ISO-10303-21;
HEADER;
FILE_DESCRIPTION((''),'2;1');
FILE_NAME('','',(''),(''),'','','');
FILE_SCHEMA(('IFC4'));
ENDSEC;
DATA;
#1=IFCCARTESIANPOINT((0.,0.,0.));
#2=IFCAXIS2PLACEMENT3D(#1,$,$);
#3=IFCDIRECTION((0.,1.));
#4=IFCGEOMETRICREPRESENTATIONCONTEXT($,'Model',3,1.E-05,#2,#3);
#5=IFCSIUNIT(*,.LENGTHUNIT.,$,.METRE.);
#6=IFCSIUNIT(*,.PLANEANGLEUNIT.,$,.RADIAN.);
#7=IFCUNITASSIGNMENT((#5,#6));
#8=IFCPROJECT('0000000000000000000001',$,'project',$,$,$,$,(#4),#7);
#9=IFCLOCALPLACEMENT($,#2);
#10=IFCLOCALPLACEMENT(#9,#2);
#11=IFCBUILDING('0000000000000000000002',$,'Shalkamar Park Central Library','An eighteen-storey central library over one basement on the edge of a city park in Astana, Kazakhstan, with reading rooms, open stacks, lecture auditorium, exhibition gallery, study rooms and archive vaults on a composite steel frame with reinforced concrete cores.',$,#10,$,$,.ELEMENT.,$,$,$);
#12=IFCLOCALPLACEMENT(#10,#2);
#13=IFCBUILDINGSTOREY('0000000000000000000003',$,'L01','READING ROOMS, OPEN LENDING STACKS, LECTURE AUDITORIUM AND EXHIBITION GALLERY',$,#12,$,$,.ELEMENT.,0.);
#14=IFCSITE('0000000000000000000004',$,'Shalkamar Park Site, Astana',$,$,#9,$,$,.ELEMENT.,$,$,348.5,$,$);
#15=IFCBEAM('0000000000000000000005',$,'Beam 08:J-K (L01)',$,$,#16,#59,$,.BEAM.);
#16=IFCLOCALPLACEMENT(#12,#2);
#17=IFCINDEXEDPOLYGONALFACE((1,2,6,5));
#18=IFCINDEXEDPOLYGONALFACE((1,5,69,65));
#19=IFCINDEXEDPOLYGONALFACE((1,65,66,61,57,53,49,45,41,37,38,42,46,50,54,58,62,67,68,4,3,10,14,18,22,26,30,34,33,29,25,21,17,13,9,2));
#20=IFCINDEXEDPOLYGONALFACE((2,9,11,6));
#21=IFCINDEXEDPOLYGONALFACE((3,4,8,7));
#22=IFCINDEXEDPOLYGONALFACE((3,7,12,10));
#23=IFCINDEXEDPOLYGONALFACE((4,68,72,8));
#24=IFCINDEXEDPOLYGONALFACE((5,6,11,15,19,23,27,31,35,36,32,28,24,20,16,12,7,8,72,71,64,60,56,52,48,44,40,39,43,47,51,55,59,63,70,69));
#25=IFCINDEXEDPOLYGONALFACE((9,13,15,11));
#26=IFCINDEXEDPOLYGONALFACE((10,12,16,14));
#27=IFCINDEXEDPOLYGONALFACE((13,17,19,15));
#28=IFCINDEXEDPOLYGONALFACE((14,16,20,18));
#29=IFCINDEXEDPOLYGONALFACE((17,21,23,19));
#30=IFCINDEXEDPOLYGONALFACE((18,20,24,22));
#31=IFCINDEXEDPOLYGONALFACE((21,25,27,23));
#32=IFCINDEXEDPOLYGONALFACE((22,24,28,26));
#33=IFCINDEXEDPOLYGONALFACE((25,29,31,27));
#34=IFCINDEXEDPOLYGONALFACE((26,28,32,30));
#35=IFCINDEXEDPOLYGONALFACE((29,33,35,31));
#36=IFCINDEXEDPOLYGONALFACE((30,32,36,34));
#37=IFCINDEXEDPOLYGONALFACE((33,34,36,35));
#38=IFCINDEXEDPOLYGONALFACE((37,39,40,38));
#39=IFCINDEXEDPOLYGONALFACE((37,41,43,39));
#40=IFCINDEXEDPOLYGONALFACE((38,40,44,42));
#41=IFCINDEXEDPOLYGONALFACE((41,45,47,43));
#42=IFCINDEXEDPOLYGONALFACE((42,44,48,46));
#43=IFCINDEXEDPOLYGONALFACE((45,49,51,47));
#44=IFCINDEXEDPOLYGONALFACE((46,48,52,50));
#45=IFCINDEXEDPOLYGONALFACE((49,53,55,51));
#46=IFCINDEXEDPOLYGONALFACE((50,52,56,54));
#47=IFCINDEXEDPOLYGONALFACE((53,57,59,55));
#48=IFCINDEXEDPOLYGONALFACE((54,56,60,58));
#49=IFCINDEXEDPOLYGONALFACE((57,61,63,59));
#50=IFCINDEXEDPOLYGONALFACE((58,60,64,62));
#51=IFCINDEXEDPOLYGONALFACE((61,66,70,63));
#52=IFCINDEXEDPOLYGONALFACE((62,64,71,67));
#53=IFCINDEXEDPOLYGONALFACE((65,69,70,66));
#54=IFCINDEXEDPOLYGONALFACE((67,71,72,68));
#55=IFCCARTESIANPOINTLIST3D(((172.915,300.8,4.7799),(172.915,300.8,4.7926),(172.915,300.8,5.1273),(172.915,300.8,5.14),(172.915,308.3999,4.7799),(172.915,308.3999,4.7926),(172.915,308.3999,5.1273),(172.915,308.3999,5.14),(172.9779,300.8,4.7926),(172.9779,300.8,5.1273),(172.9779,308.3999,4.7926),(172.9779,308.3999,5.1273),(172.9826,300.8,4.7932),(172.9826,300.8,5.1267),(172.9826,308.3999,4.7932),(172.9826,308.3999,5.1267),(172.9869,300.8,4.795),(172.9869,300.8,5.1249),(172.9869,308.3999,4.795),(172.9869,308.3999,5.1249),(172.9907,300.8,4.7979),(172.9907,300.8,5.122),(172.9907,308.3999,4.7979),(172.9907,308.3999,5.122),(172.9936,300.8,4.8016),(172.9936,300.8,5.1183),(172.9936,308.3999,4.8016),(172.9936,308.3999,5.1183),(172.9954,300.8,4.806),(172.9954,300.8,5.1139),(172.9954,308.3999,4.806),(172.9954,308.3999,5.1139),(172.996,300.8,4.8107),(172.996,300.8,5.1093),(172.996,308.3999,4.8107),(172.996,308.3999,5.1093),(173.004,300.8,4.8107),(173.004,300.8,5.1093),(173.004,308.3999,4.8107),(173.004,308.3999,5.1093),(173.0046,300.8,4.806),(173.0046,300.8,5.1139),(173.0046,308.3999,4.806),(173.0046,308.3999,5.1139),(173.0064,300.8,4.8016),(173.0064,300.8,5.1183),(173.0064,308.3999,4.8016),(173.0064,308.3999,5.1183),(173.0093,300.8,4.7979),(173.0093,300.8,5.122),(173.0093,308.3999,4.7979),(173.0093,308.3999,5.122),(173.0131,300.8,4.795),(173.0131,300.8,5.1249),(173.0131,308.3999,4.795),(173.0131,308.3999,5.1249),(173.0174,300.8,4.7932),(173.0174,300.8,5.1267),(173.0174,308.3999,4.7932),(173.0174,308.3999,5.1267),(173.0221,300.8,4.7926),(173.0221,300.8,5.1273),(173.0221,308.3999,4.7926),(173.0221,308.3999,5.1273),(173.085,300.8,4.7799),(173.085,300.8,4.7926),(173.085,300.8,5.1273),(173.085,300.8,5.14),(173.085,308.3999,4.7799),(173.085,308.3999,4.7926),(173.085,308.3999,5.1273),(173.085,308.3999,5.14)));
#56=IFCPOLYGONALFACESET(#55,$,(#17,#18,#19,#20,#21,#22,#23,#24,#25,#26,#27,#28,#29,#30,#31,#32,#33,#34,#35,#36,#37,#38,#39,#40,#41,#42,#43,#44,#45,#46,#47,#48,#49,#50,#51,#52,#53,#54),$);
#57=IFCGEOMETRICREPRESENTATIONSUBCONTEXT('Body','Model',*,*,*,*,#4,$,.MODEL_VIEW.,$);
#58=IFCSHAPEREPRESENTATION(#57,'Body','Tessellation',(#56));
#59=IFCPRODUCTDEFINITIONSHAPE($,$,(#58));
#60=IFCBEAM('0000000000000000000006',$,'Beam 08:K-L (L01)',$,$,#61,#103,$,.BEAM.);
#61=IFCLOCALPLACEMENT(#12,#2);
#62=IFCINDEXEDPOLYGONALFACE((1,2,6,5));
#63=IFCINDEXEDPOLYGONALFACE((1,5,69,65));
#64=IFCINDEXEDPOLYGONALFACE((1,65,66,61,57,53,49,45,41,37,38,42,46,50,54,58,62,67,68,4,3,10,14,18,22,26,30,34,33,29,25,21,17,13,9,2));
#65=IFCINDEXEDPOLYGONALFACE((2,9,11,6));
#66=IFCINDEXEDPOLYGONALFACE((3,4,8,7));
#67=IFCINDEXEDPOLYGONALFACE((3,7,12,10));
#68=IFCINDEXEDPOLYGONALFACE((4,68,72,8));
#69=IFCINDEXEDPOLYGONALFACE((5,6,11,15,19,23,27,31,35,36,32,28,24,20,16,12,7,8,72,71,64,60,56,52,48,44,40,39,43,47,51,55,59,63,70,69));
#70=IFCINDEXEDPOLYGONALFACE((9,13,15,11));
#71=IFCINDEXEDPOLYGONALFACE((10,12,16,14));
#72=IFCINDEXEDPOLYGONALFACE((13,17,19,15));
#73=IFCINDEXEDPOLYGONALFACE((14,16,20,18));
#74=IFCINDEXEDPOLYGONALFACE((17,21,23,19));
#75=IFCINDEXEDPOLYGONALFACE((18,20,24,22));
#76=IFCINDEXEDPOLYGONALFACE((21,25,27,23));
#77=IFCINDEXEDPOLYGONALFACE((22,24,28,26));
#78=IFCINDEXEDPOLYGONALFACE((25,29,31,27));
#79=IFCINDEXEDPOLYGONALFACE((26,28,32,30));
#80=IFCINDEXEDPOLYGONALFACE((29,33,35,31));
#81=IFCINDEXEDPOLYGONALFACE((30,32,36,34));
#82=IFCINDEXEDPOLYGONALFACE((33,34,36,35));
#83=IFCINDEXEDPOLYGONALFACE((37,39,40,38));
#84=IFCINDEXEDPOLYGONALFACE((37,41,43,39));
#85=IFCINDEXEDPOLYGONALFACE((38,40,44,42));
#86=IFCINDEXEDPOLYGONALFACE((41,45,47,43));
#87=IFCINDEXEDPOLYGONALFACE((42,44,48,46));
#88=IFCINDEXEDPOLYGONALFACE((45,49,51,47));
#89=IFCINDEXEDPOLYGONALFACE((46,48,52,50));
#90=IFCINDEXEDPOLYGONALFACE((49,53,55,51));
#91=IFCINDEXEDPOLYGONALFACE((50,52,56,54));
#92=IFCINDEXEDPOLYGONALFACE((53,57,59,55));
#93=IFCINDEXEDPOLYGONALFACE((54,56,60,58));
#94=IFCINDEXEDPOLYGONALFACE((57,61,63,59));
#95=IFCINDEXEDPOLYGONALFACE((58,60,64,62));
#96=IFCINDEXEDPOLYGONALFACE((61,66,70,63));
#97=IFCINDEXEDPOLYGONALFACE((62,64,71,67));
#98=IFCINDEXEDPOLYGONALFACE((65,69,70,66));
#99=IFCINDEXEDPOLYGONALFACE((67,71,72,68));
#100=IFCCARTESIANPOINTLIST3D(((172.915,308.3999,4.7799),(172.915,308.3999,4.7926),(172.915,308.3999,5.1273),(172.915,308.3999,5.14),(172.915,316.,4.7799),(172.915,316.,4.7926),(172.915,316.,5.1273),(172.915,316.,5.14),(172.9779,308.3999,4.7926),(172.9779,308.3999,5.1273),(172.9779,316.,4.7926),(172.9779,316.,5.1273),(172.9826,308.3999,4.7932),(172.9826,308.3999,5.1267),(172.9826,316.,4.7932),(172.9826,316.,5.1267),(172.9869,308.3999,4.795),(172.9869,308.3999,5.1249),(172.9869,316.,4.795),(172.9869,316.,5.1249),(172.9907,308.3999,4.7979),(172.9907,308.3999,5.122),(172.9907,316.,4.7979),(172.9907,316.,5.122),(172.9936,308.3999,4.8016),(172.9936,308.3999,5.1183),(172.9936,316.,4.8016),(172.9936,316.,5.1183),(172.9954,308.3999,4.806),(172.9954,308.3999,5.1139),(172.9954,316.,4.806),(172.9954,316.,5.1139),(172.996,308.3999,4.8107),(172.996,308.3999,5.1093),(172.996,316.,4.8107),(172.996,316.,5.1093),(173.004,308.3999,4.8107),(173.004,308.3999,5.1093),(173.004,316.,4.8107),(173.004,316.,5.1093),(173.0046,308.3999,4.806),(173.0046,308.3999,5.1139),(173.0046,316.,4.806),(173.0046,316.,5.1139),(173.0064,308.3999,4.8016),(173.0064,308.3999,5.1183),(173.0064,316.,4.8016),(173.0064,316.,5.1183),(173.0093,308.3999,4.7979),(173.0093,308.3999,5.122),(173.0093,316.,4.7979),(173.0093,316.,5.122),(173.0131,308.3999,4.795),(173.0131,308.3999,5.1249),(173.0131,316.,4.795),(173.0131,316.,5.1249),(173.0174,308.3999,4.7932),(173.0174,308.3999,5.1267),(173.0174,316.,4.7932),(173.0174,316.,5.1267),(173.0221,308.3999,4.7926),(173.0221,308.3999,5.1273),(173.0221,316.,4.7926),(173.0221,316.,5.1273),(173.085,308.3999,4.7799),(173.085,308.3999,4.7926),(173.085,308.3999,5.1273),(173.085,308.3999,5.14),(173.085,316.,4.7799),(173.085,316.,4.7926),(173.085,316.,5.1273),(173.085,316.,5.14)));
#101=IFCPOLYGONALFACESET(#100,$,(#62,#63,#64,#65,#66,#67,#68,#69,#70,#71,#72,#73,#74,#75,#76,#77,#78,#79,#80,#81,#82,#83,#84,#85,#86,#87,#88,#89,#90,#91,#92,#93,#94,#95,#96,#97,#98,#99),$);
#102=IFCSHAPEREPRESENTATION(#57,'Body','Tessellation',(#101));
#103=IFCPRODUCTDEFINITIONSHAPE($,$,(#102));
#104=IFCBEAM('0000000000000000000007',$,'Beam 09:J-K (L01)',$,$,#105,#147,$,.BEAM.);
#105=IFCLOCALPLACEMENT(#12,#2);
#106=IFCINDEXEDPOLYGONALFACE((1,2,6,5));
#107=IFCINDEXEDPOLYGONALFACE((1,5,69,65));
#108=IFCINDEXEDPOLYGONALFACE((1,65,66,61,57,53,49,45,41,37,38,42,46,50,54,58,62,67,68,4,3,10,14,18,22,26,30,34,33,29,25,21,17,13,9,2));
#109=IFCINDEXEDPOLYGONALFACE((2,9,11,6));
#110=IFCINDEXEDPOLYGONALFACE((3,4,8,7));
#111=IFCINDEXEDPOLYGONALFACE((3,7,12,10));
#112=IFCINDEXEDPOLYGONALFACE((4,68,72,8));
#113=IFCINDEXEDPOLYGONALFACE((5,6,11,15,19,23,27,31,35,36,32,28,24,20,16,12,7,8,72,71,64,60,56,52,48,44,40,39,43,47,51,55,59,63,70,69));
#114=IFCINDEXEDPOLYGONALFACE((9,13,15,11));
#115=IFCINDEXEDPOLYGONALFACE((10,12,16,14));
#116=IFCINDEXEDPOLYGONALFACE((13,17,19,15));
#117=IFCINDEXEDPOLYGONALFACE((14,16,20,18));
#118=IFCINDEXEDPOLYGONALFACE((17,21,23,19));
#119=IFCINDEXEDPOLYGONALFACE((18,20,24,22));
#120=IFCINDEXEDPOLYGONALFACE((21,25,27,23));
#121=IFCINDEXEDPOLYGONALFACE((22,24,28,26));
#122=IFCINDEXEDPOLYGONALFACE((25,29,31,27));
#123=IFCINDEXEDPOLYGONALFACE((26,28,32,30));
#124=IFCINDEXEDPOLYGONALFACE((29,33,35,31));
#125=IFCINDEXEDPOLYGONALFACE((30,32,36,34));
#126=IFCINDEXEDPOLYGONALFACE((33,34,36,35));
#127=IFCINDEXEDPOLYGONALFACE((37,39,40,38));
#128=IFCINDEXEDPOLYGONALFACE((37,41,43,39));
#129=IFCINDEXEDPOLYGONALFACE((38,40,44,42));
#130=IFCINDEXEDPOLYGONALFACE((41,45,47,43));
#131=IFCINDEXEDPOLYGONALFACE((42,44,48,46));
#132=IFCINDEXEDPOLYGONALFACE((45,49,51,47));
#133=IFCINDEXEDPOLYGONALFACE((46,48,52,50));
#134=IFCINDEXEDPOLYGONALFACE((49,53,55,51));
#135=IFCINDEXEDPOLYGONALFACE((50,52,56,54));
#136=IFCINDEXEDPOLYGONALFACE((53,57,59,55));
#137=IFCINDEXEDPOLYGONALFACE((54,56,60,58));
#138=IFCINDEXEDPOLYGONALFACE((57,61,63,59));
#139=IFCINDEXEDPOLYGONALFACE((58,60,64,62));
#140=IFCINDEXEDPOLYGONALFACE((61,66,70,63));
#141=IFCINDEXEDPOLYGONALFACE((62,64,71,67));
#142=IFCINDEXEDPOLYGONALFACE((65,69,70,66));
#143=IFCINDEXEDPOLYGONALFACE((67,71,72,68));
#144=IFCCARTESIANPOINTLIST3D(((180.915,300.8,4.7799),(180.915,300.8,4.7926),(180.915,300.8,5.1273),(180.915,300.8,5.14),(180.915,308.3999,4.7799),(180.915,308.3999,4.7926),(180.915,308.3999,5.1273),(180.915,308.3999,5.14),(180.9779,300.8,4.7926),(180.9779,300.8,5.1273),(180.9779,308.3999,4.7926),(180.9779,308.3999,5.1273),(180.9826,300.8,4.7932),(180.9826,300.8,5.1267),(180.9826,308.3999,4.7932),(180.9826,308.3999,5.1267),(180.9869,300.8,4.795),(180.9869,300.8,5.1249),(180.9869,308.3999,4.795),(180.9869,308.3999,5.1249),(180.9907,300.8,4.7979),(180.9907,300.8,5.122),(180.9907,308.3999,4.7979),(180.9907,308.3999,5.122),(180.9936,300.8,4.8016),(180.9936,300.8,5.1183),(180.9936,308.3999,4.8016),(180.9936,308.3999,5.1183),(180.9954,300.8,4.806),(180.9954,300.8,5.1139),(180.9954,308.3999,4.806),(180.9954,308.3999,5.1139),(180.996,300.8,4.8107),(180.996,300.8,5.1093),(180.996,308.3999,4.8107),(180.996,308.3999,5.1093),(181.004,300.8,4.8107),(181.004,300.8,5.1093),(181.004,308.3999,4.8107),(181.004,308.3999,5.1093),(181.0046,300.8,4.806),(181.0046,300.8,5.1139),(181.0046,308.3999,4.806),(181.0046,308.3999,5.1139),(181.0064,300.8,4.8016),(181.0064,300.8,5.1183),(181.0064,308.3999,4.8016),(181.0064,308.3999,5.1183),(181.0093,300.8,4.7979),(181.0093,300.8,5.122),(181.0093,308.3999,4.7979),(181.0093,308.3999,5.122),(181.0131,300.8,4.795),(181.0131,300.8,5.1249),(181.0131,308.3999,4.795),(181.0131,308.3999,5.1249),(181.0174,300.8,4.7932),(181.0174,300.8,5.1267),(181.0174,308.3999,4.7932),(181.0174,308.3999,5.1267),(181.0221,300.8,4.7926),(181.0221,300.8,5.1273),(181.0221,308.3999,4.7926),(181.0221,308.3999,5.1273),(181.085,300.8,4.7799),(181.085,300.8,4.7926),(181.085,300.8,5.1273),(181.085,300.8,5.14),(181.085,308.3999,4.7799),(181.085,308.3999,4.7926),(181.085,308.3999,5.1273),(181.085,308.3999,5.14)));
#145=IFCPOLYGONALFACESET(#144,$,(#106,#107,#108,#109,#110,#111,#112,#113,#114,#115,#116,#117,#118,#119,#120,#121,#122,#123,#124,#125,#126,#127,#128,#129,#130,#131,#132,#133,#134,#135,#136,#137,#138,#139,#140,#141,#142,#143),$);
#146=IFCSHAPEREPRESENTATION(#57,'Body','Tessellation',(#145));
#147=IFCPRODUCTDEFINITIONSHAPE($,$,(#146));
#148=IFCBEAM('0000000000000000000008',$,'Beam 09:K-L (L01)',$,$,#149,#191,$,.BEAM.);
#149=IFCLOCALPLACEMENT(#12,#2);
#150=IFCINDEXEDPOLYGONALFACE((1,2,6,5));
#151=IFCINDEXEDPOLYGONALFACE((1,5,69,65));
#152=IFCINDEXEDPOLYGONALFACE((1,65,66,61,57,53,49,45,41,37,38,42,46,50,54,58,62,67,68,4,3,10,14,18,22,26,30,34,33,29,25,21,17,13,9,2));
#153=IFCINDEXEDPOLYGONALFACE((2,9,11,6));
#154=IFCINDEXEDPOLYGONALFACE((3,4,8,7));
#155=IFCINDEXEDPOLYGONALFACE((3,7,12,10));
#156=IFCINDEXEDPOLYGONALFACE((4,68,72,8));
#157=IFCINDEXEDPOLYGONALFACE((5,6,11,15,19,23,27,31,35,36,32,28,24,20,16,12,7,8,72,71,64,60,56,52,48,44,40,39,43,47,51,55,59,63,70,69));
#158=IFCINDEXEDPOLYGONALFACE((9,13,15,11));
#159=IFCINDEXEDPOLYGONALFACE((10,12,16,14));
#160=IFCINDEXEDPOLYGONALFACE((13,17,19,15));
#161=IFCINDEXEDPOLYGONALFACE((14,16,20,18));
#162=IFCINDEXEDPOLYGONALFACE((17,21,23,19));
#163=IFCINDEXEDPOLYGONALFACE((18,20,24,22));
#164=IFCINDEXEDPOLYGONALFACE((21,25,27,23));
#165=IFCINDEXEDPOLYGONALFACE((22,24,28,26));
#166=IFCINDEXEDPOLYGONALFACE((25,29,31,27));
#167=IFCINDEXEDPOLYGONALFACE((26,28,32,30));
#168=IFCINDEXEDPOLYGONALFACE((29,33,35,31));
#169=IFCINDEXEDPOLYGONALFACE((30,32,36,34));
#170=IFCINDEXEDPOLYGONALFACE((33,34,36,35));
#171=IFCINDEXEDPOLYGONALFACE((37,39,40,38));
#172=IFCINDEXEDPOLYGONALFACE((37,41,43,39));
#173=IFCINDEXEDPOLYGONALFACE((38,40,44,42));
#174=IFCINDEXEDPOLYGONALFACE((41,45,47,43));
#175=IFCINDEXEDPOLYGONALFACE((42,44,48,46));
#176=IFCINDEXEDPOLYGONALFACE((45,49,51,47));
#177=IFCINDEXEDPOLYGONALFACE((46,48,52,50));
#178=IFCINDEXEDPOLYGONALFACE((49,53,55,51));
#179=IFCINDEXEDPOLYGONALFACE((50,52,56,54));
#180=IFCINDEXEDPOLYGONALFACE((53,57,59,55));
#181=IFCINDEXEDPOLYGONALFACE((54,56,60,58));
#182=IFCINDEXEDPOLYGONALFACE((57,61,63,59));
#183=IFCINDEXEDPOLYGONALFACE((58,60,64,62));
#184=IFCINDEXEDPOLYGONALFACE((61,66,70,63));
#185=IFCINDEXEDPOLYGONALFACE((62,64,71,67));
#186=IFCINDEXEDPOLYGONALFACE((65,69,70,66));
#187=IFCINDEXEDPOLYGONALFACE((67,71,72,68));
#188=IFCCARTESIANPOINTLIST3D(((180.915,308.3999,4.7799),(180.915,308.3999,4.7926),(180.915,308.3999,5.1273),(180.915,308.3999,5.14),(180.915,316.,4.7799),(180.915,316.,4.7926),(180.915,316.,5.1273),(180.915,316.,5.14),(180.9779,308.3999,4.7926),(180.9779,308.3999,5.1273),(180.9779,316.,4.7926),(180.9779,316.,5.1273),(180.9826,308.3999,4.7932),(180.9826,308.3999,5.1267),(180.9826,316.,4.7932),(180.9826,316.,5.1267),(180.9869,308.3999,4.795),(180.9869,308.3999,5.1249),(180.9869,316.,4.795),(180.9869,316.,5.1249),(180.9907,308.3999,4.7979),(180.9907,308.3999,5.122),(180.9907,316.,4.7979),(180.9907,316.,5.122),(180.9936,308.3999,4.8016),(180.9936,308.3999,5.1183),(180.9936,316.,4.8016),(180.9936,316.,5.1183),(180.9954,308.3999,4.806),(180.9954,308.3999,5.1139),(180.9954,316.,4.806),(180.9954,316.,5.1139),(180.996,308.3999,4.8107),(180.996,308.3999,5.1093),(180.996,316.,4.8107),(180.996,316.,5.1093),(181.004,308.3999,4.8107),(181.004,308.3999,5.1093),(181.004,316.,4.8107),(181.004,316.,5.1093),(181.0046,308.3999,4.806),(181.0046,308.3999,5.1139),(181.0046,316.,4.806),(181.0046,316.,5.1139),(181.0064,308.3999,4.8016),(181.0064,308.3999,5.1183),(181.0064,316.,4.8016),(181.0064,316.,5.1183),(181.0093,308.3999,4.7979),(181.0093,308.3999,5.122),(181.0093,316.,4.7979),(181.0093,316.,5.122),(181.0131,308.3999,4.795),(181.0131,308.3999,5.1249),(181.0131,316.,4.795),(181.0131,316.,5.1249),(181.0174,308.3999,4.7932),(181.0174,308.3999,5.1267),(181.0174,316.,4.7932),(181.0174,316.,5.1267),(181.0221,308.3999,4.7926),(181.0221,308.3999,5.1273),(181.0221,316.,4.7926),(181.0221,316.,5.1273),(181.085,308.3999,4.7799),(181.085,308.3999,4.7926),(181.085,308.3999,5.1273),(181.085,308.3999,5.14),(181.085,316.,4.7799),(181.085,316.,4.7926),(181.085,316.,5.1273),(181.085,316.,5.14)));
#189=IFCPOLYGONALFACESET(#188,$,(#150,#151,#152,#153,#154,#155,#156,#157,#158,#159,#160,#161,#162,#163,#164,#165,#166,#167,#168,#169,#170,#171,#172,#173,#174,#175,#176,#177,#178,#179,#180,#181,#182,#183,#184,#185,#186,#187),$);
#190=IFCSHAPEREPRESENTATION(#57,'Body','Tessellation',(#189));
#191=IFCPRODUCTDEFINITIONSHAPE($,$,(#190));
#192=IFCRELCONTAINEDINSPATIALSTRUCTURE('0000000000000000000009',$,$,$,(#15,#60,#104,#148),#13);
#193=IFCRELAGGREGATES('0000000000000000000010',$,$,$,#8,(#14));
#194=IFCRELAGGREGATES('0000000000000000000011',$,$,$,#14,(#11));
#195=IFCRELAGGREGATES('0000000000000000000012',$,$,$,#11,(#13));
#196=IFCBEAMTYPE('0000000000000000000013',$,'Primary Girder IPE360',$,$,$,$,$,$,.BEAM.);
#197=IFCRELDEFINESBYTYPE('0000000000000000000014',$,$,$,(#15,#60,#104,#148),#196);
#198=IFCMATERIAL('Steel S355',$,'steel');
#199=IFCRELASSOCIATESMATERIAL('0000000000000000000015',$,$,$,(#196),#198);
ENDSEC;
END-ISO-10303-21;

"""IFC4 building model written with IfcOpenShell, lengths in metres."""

from ifc_helpers import new_model, si_unit, direction, frame, origin, origin_2d, place, context, subcontext, project, spatial, i_section, extrude, material, material_profile, profile_set, type_object, element, save


model = new_model("IFC4")

# Units and contexts
model_context = context("Model", 3, precision=1e-05, world=origin(), true_north=direction((0.0, 1.0)))
body_context = subcontext(model_context, "Body", "Model", "MODEL_VIEW")
ifc_project = project(units=[si_unit("LENGTHUNIT", "METRE"), si_unit("PLANEANGLEUNIT", "RADIAN")], contexts=[model_context])

# Site, building, storey
site_placement = place(None, origin())
site = spatial("IfcSite", under=ifc_project, at=site_placement, Name="Shalkamar Park Site, Astana", CompositionType="ELEMENT", RefElevation=348.5)
building_placement = place(site_placement, origin())
building = spatial("IfcBuilding", under=site, at=building_placement, Name="Shalkamar Park Central Library", Description="An eighteen-storey central library over one basement on the edge of a city park in Astana, Kazakhstan, with reading rooms, open stacks, lecture auditorium, exhibition gallery, study rooms and archive vaults on a composite steel frame with reinforced concrete cores.", CompositionType="ELEMENT")
storey_placement = place(building_placement, origin())
storey = spatial("IfcBuildingStorey", under=building, at=storey_placement, Name="L01", Description="READING ROOMS, OPEN LENDING STACKS, LECTURE AUDITORIUM AND EXHIBITION GALLERY", CompositionType="ELEMENT", Elevation=0.0)

# Shared definitions
ifc_material_1 = material(Name="Steel S355", Category="steel")

# Beams
ifc_material_profile_1 = material_profile(ifc_material_1, i_section(OverallWidth=0.1699, OverallDepth=0.3601, WebThickness=0.0081, FlangeThickness=0.0127, FilletRadius=0.0181, at=origin_2d()), Name="IPE 360")
ifc_profile_set_1 = profile_set([ifc_material_profile_1], Name="Steel S355")
beam_type_1 = type_object("IfcBeamType", Name="Primary Girder IPE360", PredefinedType="BEAM", material=ifc_profile_set_1)
beam_1_placement = place(storey_placement, frame((173.0, 300.8, 4.96), z_axis=(0.0, 1.0, 0.0), x_axis=(-1.0, 0.0, 0.0)))
element("IfcBeam", 1, at=beam_1_placement, inside=storey, type_object=beam_type_1, Name="Beam 08:J-K (L01)", PredefinedType="BEAM", context=body_context, shape_type="SweptSolid", body=[
    extrude(i_section(OverallWidth=0.1699, OverallDepth=0.3601, WebThickness=0.0081, FlangeThickness=0.0127, FilletRadius=0.0181, at=origin_2d()), origin(), (0.0, 0.0, 1.0), 7.5999),
])
beam_2_placement = place(storey_placement, frame((173.0, 308.3999, 4.96), z_axis=(0.0, 1.0, 0.0), x_axis=(-1.0, 0.0, 0.0)))
element("IfcBeam", 2, at=beam_2_placement, inside=storey, type_object=beam_type_1, Name="Beam 08:K-L (L01)", PredefinedType="BEAM", context=body_context, shape_type="SweptSolid", body=[
    extrude(i_section(OverallWidth=0.1699, OverallDepth=0.3601, WebThickness=0.0081, FlangeThickness=0.0127, FilletRadius=0.0181, at=origin_2d()), origin(), (0.0, 0.0, 1.0), 7.6001),
])
beam_3_placement = place(storey_placement, frame((181.0, 300.8, 4.96), z_axis=(0.0, 1.0, 0.0), x_axis=(-1.0, 0.0, 0.0)))
element("IfcBeam", 3, at=beam_3_placement, inside=storey, type_object=beam_type_1, Name="Beam 09:J-K (L01)", PredefinedType="BEAM", context=body_context, shape_type="SweptSolid", body=[
    extrude(i_section(OverallWidth=0.1699, OverallDepth=0.3601, WebThickness=0.0081, FlangeThickness=0.0127, FilletRadius=0.0181, at=origin_2d()), origin(), (0.0, 0.0, 1.0), 7.5999),
])
beam_4_placement = place(storey_placement, frame((181.0, 308.3999, 4.96), z_axis=(0.0, 1.0, 0.0), x_axis=(-1.0, 0.0, 0.0)))
element("IfcBeam", 4, at=beam_4_placement, inside=storey, type_object=beam_type_1, Name="Beam 09:K-L (L01)", PredefinedType="BEAM", context=body_context, shape_type="SweptSolid", body=[
    extrude(i_section(OverallWidth=0.1699, OverallDepth=0.3601, WebThickness=0.0081, FlangeThickness=0.0127, FilletRadius=0.0181, at=origin_2d()), origin(), (0.0, 0.0, 1.0), 7.6001),
])

save(model, "model.ifc")
